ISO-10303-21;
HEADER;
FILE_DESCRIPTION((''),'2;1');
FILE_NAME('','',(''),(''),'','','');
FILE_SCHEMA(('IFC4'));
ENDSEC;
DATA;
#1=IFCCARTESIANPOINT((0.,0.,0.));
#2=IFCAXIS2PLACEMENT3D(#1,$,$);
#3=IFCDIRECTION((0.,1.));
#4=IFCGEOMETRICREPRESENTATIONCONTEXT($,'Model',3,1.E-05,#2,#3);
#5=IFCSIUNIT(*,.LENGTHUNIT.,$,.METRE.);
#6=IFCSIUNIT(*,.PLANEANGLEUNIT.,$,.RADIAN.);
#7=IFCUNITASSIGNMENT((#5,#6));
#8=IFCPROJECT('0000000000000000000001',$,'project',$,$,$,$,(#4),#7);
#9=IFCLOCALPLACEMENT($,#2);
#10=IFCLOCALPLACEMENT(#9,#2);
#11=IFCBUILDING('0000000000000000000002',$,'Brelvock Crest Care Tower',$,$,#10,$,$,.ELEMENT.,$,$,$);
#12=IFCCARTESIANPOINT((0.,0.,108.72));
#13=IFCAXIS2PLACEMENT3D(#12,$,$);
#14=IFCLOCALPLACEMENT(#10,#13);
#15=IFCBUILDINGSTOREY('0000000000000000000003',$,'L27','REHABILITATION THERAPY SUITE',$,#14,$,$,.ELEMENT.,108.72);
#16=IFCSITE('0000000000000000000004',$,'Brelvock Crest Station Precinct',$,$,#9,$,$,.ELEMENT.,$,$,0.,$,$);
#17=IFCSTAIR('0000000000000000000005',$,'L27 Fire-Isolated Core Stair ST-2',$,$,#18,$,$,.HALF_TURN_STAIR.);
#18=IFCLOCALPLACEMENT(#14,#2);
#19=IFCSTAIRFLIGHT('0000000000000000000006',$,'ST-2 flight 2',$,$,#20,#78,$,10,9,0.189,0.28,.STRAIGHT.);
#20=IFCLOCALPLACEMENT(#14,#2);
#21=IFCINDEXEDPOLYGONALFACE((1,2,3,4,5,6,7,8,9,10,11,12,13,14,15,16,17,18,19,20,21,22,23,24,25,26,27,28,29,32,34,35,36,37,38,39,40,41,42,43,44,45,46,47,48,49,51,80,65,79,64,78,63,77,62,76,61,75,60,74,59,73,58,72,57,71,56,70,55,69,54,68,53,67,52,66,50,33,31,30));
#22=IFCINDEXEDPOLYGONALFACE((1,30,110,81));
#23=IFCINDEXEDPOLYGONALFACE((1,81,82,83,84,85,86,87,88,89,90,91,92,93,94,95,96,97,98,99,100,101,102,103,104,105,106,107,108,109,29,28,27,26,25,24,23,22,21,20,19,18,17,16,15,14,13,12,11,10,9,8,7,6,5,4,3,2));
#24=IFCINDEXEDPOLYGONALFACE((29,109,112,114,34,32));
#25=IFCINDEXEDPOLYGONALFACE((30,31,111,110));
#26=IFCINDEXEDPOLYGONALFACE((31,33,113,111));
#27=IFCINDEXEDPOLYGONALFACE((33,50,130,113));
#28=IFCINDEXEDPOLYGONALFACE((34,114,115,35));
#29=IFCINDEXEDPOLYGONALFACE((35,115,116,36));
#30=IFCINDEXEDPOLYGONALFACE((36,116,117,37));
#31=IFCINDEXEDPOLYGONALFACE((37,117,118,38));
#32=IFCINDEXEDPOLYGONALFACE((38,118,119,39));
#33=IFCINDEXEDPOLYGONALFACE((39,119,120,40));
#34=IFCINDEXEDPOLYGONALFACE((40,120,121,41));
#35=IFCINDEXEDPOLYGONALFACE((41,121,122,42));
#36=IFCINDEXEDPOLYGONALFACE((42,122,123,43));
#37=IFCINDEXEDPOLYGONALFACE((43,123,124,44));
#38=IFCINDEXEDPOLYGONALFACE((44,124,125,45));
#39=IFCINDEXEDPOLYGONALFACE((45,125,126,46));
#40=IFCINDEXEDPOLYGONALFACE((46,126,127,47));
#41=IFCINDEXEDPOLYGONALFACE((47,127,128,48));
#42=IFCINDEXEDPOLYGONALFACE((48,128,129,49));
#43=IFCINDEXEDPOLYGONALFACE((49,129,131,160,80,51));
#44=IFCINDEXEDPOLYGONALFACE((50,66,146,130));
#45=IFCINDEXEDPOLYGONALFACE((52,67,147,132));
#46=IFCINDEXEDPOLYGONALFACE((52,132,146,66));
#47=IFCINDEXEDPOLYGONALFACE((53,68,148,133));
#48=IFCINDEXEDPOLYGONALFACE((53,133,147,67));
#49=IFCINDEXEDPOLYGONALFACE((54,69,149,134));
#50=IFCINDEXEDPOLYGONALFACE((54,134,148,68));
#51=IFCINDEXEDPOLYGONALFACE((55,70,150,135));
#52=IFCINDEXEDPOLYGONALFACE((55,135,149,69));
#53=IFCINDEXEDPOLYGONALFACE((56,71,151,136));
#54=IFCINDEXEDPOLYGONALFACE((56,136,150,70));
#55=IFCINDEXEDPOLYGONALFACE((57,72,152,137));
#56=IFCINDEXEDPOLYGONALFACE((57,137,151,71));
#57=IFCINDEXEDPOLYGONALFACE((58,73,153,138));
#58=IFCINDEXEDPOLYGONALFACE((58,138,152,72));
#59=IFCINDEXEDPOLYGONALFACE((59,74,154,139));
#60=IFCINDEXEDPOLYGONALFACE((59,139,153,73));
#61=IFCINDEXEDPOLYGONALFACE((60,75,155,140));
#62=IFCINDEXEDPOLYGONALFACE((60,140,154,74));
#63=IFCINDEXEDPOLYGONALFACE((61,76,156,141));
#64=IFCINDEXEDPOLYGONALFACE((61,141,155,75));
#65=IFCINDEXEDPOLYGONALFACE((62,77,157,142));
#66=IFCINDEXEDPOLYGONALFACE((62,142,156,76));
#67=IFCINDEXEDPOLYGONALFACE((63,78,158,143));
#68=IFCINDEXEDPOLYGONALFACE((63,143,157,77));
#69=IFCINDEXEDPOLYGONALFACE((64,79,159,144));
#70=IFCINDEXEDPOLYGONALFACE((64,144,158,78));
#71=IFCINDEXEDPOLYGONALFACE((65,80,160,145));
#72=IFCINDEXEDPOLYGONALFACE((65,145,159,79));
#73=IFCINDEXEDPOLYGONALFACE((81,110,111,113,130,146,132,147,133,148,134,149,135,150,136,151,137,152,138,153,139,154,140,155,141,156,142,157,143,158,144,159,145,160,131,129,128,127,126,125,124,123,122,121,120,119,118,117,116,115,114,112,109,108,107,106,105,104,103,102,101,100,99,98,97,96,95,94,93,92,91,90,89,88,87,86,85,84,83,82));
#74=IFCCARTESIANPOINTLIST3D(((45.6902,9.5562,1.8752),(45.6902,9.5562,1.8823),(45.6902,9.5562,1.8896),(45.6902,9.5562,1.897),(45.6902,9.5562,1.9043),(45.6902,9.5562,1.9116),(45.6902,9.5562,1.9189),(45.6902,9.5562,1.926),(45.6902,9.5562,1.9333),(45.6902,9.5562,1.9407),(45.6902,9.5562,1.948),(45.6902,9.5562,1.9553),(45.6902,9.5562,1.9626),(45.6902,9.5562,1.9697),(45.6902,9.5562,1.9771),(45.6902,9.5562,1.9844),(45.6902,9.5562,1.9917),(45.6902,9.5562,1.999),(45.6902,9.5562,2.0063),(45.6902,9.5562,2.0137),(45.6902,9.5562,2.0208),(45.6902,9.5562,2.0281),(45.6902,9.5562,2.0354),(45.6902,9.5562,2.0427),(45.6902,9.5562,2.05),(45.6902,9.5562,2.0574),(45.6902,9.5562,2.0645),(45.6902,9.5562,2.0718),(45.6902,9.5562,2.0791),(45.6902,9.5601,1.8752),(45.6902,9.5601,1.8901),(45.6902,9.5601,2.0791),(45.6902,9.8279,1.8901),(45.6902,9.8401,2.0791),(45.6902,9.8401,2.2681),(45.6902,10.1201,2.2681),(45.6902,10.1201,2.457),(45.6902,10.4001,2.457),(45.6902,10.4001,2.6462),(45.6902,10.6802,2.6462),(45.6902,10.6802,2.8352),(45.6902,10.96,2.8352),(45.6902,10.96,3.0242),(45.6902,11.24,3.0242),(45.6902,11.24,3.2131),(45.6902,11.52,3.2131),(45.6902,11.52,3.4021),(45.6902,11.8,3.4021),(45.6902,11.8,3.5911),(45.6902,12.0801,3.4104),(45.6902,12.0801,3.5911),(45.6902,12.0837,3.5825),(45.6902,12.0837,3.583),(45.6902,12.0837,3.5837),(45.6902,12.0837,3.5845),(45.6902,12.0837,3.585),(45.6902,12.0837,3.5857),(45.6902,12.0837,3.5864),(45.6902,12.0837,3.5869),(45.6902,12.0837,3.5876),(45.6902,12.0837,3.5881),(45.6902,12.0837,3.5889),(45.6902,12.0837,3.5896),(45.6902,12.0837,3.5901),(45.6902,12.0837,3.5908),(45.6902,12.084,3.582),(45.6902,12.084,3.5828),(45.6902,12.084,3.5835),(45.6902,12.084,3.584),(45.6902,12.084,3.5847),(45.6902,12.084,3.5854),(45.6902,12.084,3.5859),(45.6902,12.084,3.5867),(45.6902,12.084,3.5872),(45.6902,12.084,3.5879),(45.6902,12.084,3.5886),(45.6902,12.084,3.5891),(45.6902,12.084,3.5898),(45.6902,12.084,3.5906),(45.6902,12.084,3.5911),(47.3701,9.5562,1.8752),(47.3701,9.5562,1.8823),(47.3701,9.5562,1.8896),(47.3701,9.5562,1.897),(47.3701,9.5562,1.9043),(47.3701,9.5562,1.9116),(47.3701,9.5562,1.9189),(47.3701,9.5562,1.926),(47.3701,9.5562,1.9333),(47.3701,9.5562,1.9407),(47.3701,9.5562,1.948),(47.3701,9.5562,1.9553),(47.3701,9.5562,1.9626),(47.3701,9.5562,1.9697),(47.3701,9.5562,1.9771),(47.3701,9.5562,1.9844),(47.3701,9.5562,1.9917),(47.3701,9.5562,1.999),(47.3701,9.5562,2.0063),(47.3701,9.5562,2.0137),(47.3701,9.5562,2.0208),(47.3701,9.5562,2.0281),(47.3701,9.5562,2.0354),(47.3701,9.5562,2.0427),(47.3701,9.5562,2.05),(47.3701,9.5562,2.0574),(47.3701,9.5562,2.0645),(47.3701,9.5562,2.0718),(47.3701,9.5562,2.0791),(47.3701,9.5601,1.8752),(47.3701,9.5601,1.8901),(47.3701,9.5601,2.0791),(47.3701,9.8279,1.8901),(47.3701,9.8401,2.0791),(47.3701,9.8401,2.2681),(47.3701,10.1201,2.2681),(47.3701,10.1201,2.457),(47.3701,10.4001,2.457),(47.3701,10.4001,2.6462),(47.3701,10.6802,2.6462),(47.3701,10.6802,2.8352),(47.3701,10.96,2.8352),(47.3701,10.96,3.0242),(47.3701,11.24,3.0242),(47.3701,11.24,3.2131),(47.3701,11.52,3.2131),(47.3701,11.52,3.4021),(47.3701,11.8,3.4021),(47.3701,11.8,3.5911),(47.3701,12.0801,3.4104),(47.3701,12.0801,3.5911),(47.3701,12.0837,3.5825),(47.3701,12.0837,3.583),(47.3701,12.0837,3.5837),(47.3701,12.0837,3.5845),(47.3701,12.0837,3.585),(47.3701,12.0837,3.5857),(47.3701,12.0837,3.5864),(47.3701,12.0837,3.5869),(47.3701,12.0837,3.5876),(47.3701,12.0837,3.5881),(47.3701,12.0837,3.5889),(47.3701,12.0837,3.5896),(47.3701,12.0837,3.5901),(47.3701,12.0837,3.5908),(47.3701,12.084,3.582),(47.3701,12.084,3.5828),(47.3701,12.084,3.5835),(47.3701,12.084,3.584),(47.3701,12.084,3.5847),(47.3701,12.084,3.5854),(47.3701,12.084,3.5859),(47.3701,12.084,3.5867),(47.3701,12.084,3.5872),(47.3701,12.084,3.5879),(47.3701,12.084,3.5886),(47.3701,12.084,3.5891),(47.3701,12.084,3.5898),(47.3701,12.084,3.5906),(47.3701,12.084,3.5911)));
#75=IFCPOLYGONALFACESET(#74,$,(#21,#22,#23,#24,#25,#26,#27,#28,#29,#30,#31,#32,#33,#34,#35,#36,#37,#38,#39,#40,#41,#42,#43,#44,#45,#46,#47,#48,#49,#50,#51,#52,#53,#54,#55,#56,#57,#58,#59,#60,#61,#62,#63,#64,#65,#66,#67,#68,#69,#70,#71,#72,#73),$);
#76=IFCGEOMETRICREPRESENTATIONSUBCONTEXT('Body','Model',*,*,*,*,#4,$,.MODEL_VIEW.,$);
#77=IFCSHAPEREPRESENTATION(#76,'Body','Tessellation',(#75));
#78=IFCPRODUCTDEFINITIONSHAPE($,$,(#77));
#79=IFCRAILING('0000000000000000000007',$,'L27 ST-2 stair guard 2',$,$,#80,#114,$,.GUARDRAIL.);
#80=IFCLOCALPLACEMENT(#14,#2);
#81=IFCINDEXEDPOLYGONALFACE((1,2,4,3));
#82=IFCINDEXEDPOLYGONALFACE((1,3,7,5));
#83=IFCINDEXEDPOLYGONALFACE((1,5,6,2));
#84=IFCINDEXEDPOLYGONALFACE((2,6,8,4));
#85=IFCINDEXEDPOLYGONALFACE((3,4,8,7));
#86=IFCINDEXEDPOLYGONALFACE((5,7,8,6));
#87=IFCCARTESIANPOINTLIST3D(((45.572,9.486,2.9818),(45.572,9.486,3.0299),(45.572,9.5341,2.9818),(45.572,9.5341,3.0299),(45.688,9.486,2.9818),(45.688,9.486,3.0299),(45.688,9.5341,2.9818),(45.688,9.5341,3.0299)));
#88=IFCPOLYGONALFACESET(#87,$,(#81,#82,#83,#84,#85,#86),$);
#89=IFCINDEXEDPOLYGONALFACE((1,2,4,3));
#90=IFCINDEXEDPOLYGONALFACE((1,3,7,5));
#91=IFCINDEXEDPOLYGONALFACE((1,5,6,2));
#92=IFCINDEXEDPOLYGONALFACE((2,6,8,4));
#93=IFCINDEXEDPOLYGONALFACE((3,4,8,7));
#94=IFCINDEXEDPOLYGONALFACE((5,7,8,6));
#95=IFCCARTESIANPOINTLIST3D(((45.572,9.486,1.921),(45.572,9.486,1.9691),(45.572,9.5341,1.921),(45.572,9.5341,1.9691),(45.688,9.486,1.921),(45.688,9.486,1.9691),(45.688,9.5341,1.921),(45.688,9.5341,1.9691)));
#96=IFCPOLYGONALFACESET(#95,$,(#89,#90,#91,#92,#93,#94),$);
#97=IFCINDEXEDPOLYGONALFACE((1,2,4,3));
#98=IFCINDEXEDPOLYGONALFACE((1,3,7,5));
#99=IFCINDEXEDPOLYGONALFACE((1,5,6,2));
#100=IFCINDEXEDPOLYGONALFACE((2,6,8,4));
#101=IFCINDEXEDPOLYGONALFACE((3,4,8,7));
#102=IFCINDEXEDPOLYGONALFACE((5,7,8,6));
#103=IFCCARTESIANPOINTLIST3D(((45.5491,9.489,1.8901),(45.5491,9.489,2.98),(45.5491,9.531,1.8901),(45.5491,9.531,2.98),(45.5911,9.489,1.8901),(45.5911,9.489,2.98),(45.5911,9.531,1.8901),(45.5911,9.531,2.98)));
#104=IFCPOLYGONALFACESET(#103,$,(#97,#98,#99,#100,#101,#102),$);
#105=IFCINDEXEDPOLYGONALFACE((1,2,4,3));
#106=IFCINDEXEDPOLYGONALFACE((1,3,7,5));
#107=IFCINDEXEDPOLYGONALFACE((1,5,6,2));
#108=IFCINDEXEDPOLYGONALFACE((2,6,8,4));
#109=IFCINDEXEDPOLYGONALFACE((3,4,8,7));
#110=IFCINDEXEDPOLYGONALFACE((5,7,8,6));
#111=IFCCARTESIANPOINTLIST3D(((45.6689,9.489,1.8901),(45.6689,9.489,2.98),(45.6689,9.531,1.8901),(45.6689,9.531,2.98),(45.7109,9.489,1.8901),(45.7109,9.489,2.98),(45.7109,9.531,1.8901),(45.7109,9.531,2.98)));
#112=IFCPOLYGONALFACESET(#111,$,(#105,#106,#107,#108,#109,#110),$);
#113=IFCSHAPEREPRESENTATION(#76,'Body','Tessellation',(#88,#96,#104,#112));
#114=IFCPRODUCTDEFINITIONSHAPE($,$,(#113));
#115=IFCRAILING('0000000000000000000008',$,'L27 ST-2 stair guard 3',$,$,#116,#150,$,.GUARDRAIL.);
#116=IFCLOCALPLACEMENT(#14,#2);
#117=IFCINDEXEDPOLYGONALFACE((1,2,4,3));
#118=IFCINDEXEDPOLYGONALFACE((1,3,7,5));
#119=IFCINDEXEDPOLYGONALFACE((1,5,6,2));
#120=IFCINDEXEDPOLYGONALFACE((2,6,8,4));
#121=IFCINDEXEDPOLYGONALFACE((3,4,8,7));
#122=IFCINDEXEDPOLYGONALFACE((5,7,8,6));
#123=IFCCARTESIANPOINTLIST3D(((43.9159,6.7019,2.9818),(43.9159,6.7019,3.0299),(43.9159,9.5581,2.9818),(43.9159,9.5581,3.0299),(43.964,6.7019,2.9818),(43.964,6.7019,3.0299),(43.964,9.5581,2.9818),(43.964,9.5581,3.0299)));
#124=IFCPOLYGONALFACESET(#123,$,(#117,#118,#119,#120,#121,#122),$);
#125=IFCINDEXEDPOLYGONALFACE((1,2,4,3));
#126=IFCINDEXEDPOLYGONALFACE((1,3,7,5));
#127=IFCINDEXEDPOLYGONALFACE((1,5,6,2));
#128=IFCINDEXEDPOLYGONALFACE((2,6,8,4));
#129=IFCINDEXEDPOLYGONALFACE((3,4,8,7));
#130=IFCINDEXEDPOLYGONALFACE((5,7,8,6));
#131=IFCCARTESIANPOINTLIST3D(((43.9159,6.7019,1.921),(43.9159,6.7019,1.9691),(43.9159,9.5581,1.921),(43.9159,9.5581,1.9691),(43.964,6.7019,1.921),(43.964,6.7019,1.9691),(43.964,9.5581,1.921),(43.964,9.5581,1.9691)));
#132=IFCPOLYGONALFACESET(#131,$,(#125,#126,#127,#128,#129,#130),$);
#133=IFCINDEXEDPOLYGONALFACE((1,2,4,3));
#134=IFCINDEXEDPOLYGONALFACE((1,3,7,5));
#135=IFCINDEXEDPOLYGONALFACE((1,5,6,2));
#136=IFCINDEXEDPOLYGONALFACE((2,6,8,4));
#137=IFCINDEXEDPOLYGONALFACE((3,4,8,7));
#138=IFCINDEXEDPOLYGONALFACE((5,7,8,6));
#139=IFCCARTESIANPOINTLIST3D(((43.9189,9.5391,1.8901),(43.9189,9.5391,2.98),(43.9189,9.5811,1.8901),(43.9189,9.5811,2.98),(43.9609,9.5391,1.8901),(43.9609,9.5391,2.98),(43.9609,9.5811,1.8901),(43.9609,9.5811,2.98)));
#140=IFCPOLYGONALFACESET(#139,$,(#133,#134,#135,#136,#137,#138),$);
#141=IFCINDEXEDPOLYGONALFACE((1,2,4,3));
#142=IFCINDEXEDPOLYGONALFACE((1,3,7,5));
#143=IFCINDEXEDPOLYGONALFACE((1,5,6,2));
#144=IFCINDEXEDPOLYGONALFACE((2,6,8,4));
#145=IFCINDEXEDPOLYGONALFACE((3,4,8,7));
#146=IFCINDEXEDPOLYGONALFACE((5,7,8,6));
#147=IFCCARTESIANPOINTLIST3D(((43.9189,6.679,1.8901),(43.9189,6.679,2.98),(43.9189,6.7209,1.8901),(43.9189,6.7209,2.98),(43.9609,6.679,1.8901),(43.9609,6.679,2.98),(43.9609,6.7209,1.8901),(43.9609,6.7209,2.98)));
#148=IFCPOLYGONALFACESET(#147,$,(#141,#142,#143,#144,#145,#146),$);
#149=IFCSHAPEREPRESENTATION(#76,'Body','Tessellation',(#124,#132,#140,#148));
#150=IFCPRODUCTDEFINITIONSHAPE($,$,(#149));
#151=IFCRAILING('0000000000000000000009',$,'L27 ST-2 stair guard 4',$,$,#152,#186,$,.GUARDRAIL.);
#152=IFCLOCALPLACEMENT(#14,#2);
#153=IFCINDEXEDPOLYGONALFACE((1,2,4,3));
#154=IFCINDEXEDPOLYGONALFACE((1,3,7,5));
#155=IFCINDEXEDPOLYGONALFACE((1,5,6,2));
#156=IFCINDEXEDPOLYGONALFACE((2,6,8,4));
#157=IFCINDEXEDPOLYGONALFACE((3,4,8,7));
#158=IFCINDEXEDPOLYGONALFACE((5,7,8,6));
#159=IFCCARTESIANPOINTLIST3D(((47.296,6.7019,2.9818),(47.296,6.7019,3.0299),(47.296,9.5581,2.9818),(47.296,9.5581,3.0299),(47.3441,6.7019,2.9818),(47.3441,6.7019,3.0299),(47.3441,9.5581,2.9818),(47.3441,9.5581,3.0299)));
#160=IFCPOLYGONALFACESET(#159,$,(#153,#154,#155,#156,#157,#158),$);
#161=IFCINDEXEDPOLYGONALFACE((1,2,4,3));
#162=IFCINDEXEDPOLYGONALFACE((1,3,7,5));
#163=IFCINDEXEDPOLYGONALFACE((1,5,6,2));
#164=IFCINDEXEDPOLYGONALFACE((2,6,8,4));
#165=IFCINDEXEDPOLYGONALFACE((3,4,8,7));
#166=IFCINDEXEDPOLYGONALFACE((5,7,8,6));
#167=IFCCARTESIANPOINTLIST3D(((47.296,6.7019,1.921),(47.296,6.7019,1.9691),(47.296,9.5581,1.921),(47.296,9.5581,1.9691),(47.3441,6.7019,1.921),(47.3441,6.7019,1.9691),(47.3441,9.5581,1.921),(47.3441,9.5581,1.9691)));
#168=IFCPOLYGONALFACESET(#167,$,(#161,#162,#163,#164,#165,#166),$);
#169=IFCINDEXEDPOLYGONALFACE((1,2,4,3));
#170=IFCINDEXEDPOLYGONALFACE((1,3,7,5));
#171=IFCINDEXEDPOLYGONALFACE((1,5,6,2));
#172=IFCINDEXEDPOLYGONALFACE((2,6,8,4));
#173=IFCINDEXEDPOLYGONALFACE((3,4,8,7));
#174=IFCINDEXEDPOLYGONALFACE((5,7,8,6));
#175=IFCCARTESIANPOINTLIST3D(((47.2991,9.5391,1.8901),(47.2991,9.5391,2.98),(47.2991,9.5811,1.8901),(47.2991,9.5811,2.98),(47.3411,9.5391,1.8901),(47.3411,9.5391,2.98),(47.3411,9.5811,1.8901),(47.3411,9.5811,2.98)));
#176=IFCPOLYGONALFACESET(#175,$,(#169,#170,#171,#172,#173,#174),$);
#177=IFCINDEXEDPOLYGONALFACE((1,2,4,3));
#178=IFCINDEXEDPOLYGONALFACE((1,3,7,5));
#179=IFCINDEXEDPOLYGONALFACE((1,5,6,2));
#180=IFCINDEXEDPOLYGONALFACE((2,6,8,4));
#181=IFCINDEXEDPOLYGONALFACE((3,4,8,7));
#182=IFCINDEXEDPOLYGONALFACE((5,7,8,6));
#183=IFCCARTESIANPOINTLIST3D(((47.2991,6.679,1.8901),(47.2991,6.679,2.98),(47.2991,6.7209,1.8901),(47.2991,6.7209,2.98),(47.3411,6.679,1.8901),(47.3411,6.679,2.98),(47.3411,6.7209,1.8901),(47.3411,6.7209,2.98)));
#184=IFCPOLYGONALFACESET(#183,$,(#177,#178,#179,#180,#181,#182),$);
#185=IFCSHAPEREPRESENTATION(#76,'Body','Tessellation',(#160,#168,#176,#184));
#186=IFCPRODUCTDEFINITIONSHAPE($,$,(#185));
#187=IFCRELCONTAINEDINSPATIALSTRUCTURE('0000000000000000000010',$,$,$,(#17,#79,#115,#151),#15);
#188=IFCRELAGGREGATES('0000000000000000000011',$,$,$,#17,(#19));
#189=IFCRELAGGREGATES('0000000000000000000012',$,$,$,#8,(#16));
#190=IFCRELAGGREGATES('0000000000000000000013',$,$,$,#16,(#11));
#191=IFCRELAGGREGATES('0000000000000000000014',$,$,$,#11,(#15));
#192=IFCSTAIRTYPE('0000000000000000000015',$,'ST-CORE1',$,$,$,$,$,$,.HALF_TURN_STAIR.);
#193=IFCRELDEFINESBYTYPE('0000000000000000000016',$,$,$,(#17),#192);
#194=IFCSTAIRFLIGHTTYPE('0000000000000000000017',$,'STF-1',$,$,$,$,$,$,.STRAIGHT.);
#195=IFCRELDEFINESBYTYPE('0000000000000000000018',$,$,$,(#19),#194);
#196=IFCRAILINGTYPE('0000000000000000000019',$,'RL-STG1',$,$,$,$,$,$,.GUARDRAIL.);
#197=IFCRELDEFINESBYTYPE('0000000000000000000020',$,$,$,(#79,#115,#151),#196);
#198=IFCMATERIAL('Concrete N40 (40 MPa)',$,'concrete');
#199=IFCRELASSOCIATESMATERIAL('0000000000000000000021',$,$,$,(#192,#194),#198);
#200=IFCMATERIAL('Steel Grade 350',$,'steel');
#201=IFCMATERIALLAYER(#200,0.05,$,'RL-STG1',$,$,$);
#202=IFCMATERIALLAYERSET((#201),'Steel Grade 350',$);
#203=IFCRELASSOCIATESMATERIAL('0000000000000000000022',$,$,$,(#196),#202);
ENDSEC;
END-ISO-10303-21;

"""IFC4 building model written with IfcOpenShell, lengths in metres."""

from ifc_helpers import new_model, si_unit, direction, frame, origin, origin_2d, place, context, subcontext, project, spatial, polyline, rectangle, outline, extrude, material, layer, layer_set, type_object, element, aggregate, save


model = new_model("IFC4")

# Units and contexts
model_context = context("Model", 3, precision=1e-05, world=origin(), true_north=direction((0.0, 1.0)))
body_context = subcontext(model_context, "Body", "Model", "MODEL_VIEW")
ifc_project = project(units=[si_unit("LENGTHUNIT", "METRE"), si_unit("PLANEANGLEUNIT", "RADIAN")], contexts=[model_context])

# Site, building, storey
site_placement = place(None, origin())
site = spatial("IfcSite", under=ifc_project, at=site_placement, Name="Brelvock Crest Station Precinct", CompositionType="ELEMENT", RefElevation=0.0)
building_placement = place(site_placement, origin())
building = spatial("IfcBuilding", under=site, at=building_placement, Name="Brelvock Crest Care Tower", CompositionType="ELEMENT")
storey_placement = place(building_placement, frame((0.0, 0.0, 108.72)))
storey = spatial("IfcBuildingStorey", under=building, at=storey_placement, Name="L27", Description="REHABILITATION THERAPY SUITE", CompositionType="ELEMENT", Elevation=108.72)

# Shared definitions
ifc_material_1 = material(Name="Steel Grade 350", Category="steel")

# Stair, stair flight
ifc_material_2 = material(Name="Concrete N40 (40 MPa)", Category="concrete")
stair_type = type_object("IfcStairType", Name="ST-CORE1", PredefinedType="HALF_TURN_STAIR", material=ifc_material_2)
stair_placement = place(storey_placement, origin())
stair = element("IfcStair", 1, at=stair_placement, inside=storey, type_object=stair_type, Name="L27 Fire-Isolated Core Stair ST-2", PredefinedType="HALF_TURN_STAIR")
stair_flight_type = type_object("IfcStairFlightType", Name="STF-1", PredefinedType="STRAIGHT", material=ifc_material_2)
stair_flight_placement = place(storey_placement, frame((46.53, 9.5601, 1.8901), z_axis=(0.0, 0.0, 1.0), x_axis=(0.0, 1.0, 0.0)))
stair_flight = element("IfcStairFlight", 2, at=stair_flight_placement, type_object=stair_flight_type, Name="ST-2 flight 2", NumberOfRisers=10, NumberOfTreads=9, PredefinedType="STRAIGHT", RiserHeight=0.189, TreadLength=0.28, context=body_context, shape_type="SweptSolid", body=[
    extrude(outline(polyline([(-0.0039, -0.0149), (-0.0039, -0.0078), (-0.0039, -0.0005), (-0.0039, 0.0068), (-0.0039, 0.0142), (-0.0039, 0.0215), (-0.0039, 0.0288), (-0.0039, 0.0359), (-0.0039, 0.0432), (-0.0039, 0.0505), (-0.0039, 0.0579), (-0.0039, 0.0652), (-0.0039, 0.0725), (-0.0039, 0.0796), (-0.0039, 0.0869), (-0.0039, 0.0942), (-0.0039, 0.1016), (-0.0039, 0.1089), (-0.0039, 0.1162), (-0.0039, 0.1235), (-0.0039, 0.1306), (-0.0039, 0.1379), (-0.0039, 0.1453), (-0.0039, 0.1526), (-0.0039, 0.1599), (-0.0039, 0.1672), (-0.0039, 0.1743), (-0.0039, 0.1816), (-0.0039, 0.189), (0.0, 0.189), (0.28, 0.189), (0.28, 0.3779), (0.5601, 0.3779), (0.5601, 0.5669), (0.8401, 0.5669), (0.8401, 0.7561), (1.1201, 0.7561), (1.1201, 0.9451), (1.3999, 0.9451), (1.3999, 1.134), (1.6799, 1.134), (1.6799, 1.323), (1.96, 1.323), (1.96, 1.512), (2.24, 1.512), (2.24, 1.7009), (2.52, 1.7009), (2.5239, 1.7009), (2.5237, 1.7007), (2.5239, 1.7004), (2.5237, 1.7), (2.5239, 1.6997), (2.5237, 1.6995), (2.5239, 1.699), (2.5237, 1.6987), (2.5239, 1.6985), (2.5237, 1.698), (2.5239, 1.6978), (2.5237, 1.6975), (2.5239, 1.697), (2.5237, 1.6968), (2.5239, 1.6965), (2.5237, 1.6963), (2.5239, 1.6958), (2.5237, 1.6956), (2.5239, 1.6953), (2.5237, 1.6948), (2.5239, 1.6946), (2.5237, 1.6943), (2.5239, 1.6938), (2.5237, 1.6936), (2.5239, 1.6934), (2.5237, 1.6929), (2.5239, 1.6926), (2.5237, 1.6924), (2.5239, 1.6919), (2.52, 1.5203), (0.2678, 0.0), (0.0, 0.0), (0.0, -0.0149), (-0.0039, -0.0149)])), frame((0.0, 0.8398, 0.0), z_axis=(0.0, -1.0, 0.0), x_axis=(1.0, 0.0, 0.0)), (0.0, 0.0, 1.0), 1.6799),
])
aggregate(stair, [stair_flight])

# Railings
ifc_layer_1 = layer(ifc_material_1, 0.05, Name="RL-STG1")
ifc_layer_set_1 = layer_set([ifc_layer_1], Name="Steel Grade 350")
railing_type_1 = type_object("IfcRailingType", Name="RL-STG1", PredefinedType="GUARDRAIL", material=ifc_layer_set_1)
railing_1_placement = place(storey_placement, frame((45.5701, 9.51, 1.8901)))
element("IfcRailing", 3, at=railing_1_placement, inside=storey, type_object=railing_type_1, Name="L27 ST-2 stair guard 2", PredefinedType="GUARDRAIL", context=body_context, shape_type="SweptSolid", body=[
    extrude(rectangle(XDim=0.0481, YDim=0.0481, at=origin_2d()), frame((0.002, 0.0, 1.1157), z_axis=(1.0, 0.0, 0.0), x_axis=(0.0, 1.0, 0.0)), (0.0, 0.0, 1.0), 0.116),
    extrude(rectangle(XDim=0.0481, YDim=0.0481, at=origin_2d()), frame((0.002, 0.0, 0.0549), z_axis=(1.0, 0.0, 0.0), x_axis=(0.0, 1.0, 0.0)), (0.0, 0.0, 1.0), 0.116),
    extrude(rectangle(XDim=0.042, YDim=0.042, at=origin_2d()), origin(), (0.0, 0.0, 1.0), 1.0898),
    extrude(rectangle(XDim=0.042, YDim=0.042, at=origin_2d()), frame((0.1199, 0.0, 0.0)), (0.0, 0.0, 1.0), 1.0898),
])
for number, where, name in (
    (4, (43.9399, 9.5601, 1.8901), "L27 ST-2 stair guard 3"),
    (5, (47.3201, 9.5601, 1.8901), "L27 ST-2 stair guard 4"),
):
    element("IfcRailing", number, at=place(storey_placement, frame(where)), inside=storey, type_object=railing_type_1, Name=name, PredefinedType="GUARDRAIL", context=body_context, shape_type="SweptSolid", body=[
        extrude(rectangle(XDim=0.0481, YDim=0.0481, at=origin_2d()), frame((0.0, -0.002, 1.1157), z_axis=(0.0, -1.0, 0.0), x_axis=(1.0, 0.0, 0.0)), (0.0, 0.0, 1.0), 2.8562),
        extrude(rectangle(XDim=0.0481, YDim=0.0481, at=origin_2d()), frame((0.0, -0.002, 0.0549), z_axis=(0.0, -1.0, 0.0), x_axis=(1.0, 0.0, 0.0)), (0.0, 0.0, 1.0), 2.8562),
        extrude(rectangle(XDim=0.042, YDim=0.042, at=origin_2d()), origin(), (0.0, 0.0, 1.0), 1.0898),
        extrude(rectangle(XDim=0.042, YDim=0.042, at=origin_2d()), frame((0.0, -2.8601, 0.0)), (0.0, 0.0, 1.0), 1.0898),
    ])

save(model, "model.ifc")
